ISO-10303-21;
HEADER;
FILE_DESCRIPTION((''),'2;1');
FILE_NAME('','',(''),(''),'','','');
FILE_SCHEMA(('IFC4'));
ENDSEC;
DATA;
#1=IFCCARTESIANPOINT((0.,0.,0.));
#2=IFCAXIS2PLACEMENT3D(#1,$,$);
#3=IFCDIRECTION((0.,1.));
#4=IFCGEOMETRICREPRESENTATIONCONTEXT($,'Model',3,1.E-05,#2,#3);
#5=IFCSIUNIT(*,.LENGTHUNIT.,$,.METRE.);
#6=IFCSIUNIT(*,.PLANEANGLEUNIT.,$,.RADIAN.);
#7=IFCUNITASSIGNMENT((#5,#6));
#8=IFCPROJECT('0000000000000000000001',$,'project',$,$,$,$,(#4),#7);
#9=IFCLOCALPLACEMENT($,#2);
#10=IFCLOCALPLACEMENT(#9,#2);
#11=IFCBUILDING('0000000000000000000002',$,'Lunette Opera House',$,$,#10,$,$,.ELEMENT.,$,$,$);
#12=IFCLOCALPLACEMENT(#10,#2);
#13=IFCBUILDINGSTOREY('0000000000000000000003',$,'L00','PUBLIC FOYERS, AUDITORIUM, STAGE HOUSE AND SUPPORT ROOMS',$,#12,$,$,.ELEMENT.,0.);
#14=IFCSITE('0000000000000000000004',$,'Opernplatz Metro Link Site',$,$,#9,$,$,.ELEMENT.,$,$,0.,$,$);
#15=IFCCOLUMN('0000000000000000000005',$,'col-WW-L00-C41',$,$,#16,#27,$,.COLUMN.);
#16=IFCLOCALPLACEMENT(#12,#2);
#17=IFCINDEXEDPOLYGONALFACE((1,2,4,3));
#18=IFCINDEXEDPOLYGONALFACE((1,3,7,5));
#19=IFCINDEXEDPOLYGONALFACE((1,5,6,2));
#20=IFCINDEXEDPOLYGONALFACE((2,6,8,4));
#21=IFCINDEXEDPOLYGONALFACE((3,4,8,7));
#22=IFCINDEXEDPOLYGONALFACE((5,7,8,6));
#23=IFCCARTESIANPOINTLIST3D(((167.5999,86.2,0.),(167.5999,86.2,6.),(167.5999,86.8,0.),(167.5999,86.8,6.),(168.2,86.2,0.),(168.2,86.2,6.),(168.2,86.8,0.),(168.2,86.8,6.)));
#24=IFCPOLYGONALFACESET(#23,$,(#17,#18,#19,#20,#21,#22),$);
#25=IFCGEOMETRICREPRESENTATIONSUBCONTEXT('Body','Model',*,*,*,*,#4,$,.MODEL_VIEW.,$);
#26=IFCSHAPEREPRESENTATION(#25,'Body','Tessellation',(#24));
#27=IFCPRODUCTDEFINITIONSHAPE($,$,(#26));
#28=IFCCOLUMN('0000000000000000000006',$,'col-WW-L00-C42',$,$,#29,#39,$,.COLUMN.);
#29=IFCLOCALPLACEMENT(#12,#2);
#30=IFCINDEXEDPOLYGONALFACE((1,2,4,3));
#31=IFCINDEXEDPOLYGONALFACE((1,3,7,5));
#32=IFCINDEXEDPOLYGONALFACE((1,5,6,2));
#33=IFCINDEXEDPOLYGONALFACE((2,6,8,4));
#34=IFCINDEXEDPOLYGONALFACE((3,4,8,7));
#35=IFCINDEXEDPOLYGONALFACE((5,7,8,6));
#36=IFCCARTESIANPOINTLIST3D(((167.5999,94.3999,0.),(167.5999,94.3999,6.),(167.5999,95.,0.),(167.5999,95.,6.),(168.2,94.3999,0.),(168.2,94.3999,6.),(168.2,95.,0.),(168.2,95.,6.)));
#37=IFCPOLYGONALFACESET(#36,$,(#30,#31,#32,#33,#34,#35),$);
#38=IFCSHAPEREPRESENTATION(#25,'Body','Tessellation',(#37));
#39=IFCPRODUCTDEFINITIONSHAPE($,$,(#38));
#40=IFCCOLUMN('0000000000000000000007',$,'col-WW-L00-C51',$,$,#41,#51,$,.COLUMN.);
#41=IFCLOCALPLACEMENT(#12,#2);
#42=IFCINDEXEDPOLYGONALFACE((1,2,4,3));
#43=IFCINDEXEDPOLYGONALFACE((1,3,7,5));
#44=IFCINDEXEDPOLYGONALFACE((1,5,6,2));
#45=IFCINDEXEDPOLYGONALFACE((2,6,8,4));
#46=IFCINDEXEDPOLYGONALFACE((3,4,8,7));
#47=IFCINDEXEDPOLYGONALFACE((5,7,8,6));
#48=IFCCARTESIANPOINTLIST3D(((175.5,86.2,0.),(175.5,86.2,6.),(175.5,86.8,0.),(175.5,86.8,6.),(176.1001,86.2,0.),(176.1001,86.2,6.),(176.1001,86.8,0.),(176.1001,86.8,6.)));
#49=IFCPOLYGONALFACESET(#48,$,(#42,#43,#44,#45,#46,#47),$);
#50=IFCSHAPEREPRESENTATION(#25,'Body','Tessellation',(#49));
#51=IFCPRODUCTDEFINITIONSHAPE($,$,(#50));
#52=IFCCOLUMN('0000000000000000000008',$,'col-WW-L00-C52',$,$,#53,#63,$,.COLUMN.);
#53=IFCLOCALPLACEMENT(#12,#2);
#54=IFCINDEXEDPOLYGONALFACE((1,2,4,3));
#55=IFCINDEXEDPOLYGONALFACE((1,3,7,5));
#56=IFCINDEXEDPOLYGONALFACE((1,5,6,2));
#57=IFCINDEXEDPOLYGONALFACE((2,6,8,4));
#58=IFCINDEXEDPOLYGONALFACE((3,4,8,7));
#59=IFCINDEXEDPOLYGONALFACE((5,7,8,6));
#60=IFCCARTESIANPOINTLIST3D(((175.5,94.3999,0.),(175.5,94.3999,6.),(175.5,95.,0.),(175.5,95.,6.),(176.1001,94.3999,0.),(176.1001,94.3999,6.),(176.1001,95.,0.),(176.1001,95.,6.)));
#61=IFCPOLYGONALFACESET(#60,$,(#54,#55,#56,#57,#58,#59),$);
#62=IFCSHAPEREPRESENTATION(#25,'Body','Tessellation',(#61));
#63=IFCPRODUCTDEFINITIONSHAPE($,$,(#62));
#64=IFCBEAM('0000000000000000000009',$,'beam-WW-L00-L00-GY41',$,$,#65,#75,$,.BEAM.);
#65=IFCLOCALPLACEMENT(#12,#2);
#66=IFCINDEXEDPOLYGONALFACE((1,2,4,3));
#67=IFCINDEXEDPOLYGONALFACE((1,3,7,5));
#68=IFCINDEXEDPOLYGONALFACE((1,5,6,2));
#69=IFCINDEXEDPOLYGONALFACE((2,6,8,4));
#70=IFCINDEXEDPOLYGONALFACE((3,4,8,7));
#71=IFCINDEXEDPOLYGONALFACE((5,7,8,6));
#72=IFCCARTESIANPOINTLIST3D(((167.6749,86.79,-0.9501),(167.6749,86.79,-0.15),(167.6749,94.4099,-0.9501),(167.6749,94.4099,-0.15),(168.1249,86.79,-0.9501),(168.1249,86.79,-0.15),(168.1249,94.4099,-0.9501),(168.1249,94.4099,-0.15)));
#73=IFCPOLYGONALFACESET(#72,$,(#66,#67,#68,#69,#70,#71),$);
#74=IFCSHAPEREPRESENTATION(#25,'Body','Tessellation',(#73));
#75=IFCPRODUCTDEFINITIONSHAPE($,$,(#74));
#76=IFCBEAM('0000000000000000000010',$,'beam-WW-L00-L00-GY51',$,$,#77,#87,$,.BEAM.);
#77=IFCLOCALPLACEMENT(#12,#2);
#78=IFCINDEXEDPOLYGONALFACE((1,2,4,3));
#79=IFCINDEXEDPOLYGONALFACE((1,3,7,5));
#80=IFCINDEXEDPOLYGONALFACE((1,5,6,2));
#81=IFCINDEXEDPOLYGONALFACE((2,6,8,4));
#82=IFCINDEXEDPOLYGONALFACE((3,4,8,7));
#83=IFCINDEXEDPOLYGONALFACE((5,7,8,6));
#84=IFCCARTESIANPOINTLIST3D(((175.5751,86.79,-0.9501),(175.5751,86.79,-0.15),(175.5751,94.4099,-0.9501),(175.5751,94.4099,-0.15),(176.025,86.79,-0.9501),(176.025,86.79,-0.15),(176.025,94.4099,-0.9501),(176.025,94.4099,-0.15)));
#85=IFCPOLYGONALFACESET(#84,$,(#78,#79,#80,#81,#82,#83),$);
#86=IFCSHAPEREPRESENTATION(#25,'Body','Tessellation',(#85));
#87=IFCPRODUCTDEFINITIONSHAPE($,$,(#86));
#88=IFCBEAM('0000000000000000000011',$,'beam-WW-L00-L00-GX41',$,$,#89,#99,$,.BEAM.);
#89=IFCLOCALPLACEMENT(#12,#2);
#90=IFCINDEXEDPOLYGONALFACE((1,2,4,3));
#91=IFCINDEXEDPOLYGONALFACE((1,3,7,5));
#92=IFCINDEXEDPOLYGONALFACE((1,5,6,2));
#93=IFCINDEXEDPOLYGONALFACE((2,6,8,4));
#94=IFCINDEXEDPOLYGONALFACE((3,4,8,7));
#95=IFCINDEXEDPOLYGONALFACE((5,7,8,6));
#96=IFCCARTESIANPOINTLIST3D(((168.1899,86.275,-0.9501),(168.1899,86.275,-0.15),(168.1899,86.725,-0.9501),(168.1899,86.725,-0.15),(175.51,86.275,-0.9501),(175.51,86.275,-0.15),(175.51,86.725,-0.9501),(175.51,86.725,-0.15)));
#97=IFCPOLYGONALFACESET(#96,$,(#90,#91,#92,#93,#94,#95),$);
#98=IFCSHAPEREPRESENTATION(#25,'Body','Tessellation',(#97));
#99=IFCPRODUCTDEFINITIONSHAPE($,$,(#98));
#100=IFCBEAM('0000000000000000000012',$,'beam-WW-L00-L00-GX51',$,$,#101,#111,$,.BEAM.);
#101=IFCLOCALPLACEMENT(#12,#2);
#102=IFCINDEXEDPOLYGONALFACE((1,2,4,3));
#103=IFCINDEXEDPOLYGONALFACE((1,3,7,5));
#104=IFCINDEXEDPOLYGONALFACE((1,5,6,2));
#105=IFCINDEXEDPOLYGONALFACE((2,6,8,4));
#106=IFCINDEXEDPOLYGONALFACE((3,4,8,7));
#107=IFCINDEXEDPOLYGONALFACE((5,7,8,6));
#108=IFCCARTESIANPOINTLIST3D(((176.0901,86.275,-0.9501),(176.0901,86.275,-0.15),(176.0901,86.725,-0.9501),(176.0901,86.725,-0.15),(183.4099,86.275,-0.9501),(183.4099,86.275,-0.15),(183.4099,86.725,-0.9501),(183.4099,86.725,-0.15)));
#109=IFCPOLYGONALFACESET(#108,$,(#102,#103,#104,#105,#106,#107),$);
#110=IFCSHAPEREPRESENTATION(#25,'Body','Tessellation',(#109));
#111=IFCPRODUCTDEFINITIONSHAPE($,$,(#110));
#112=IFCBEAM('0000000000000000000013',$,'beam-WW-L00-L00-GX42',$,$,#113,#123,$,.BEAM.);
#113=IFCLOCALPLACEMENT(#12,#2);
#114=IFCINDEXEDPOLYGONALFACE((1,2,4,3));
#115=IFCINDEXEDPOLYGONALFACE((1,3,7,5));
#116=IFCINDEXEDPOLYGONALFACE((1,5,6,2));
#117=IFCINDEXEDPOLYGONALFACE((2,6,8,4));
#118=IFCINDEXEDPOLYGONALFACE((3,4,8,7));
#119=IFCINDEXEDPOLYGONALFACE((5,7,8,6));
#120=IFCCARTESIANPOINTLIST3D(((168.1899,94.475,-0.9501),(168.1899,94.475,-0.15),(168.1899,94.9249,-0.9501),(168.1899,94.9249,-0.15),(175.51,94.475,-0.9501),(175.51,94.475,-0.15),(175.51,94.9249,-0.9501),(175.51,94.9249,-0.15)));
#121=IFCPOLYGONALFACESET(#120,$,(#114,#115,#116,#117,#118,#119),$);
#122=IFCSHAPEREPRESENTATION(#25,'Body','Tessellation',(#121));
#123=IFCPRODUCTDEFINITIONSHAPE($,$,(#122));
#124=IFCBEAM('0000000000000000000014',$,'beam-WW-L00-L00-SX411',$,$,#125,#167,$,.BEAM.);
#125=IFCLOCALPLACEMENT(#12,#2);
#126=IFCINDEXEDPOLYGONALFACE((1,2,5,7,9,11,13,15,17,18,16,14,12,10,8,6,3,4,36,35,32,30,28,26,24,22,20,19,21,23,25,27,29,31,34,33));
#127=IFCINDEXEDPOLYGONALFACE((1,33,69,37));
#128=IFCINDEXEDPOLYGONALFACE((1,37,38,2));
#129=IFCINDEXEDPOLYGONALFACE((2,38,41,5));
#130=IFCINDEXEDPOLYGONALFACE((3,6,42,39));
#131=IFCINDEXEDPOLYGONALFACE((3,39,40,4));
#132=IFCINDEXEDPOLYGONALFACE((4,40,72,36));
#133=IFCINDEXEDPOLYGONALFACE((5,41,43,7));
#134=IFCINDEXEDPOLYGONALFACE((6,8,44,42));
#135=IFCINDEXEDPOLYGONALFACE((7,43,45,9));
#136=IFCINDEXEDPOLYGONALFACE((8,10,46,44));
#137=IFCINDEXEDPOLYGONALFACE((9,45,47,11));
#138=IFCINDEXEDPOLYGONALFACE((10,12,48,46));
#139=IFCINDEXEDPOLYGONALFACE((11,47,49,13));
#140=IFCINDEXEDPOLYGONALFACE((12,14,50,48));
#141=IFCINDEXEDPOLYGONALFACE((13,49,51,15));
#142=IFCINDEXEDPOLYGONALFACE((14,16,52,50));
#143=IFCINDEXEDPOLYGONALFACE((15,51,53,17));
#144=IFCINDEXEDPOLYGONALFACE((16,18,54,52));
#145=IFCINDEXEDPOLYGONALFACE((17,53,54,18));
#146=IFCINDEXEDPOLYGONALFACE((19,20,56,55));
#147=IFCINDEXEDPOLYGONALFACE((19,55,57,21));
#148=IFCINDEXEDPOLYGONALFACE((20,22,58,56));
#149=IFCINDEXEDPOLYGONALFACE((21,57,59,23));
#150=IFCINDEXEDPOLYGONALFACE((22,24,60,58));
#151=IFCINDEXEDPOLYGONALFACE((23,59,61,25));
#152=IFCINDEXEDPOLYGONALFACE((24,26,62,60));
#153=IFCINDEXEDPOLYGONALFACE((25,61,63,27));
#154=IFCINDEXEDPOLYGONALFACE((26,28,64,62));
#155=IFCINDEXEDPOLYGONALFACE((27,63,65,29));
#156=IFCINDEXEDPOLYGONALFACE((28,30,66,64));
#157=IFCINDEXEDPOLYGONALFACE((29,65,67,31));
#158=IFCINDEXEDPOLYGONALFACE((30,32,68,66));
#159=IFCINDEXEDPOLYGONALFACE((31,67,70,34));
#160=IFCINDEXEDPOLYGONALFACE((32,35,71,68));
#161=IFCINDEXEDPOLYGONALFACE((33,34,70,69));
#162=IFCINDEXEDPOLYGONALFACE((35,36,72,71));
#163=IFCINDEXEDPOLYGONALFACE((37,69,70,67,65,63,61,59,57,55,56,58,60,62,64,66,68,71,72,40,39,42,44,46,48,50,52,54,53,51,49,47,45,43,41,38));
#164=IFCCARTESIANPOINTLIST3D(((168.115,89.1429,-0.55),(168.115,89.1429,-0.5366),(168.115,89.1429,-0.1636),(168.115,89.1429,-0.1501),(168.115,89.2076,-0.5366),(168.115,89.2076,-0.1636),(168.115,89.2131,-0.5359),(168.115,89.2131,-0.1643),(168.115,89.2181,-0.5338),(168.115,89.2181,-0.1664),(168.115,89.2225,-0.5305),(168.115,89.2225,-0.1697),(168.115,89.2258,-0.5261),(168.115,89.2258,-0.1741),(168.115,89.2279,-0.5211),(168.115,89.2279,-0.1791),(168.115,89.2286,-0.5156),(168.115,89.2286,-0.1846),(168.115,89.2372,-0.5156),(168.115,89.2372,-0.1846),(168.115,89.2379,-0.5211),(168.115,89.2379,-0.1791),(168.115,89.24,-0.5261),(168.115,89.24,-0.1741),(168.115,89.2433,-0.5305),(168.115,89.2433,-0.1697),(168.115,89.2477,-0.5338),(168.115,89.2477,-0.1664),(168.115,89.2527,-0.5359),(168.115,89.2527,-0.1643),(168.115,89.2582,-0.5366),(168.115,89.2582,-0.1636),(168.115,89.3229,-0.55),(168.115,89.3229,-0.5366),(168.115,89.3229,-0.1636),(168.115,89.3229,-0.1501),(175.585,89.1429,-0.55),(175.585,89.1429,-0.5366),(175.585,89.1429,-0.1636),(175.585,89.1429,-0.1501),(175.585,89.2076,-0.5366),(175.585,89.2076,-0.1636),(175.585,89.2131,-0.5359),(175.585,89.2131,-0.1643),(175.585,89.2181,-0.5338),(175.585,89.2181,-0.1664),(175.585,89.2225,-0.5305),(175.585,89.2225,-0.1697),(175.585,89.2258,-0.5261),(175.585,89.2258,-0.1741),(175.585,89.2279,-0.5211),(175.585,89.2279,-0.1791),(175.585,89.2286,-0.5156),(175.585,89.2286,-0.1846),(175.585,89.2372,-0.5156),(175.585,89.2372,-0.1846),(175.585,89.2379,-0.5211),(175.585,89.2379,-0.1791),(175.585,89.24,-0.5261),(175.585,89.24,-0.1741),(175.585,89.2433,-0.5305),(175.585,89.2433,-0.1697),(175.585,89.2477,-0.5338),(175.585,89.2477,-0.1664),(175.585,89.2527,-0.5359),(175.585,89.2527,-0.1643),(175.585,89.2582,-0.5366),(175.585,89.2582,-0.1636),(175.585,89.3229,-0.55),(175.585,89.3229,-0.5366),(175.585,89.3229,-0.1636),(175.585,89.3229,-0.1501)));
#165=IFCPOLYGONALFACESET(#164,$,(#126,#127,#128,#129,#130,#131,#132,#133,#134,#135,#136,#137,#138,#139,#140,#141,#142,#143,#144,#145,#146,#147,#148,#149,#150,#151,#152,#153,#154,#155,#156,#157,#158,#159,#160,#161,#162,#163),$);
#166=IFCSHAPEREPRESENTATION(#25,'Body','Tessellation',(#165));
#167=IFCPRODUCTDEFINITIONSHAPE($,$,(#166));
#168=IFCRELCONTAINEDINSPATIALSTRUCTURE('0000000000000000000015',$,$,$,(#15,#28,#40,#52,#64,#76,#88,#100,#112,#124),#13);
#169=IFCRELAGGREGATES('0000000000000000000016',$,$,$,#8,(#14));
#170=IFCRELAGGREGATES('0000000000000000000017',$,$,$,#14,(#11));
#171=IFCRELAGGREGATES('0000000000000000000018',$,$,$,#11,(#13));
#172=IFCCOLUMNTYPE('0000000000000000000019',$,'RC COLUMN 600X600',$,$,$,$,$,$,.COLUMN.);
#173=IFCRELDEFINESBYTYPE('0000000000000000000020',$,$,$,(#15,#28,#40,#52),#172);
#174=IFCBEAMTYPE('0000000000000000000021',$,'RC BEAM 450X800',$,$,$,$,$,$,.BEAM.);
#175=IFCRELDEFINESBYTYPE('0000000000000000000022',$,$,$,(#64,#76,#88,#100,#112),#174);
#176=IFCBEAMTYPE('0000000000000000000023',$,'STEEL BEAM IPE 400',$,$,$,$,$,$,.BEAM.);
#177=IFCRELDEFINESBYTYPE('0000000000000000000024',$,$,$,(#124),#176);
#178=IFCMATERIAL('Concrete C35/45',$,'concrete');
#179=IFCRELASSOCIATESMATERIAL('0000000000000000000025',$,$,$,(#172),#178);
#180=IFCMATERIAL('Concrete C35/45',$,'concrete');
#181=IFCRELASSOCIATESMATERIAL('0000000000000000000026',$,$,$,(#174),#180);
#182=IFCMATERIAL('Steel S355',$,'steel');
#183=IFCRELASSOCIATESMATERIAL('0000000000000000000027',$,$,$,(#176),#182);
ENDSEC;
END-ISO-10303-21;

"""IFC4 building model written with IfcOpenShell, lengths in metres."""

from ifc_helpers import new_model, si_unit, direction, frame, origin, origin_2d, place, context, subcontext, project, spatial, rectangle, i_section, extrude, material, material_profile, profile_set, type_object, element, save


model = new_model("IFC4")

# Units and contexts
model_context = context("Model", 3, precision=1e-05, world=origin(), true_north=direction((0.0, 1.0)))
body_context = subcontext(model_context, "Body", "Model", "MODEL_VIEW")
ifc_project = project(units=[si_unit("LENGTHUNIT", "METRE"), si_unit("PLANEANGLEUNIT", "RADIAN")], contexts=[model_context])

# Site, building, storey
site_placement = place(None, origin())
site = spatial("IfcSite", under=ifc_project, at=site_placement, Name="Opernplatz Metro Link Site", CompositionType="ELEMENT", RefElevation=0.0)
building_placement = place(site_placement, origin())
building = spatial("IfcBuilding", under=site, at=building_placement, Name="Lunette Opera House", CompositionType="ELEMENT")
storey_placement = place(building_placement, origin())
storey = spatial("IfcBuildingStorey", under=building, at=storey_placement, Name="L00", Description="PUBLIC FOYERS, AUDITORIUM, STAGE HOUSE AND SUPPORT ROOMS", CompositionType="ELEMENT", Elevation=0.0)

# Columns
ifc_material_1 = material(Name="Concrete C35/45", Category="concrete")
ifc_material_profile_1 = material_profile(ifc_material_1, rectangle(XDim=0.6001, YDim=0.6001, at=origin_2d()), Name="RC COLUMN 600X600")
ifc_profile_set_1 = profile_set([ifc_material_profile_1], Name="Concrete C35/45")
column_type = type_object("IfcColumnType", Name="RC COLUMN 600X600", PredefinedType="COLUMN", material=ifc_profile_set_1)
for number, where, z_axis, x_axis, name in (
    (1, (167.8999, 86.5, 0.0), (0.0, 0.0, 1.0), (1.0, 0.0, 0.0), "col-WW-L00-C41"),
    (2, (167.8999, 94.7, 0.0), (0.0, 0.0, 1.0), (1.0, 0.0, 0.0), "col-WW-L00-C42"),
    (3, (175.8, 86.5, 0.0), (0.0, 0.0, 1.0), (1.0, 0.0, 0.0), "col-WW-L00-C51"),
    (4, (175.8, 94.7, 0.0), (0.0, 0.0, 1.0), (1.0, 0.0, 0.0), "col-WW-L00-C52"),
):
    element("IfcColumn", number, at=place(storey_placement, frame(where, z_axis=z_axis, x_axis=x_axis)), inside=storey, type_object=column_type, Name=name, PredefinedType="COLUMN", context=body_context, shape_type="SweptSolid", body=[
        extrude(rectangle(XDim=0.6001, YDim=0.6001, at=origin_2d()), origin(), (0.0, 0.0, 1.0), 6.0),
    ])

# Beams
ifc_material_2 = material(Name="Concrete C35/45", Category="concrete")
ifc_material_profile_2 = material_profile(ifc_material_2, rectangle(XDim=0.45, YDim=0.8, at=origin_2d()), Name="RC BEAM 450X800")
ifc_profile_set_2 = profile_set([ifc_material_profile_2], Name="Concrete C35/45")
beam_type_1 = type_object("IfcBeamType", Name="RC BEAM 450X800", PredefinedType="BEAM", material=ifc_profile_set_2)
for number, where, z_axis, x_axis, name in (
    (5, (167.8999, 86.79, -0.55), (0.0, 1.0, 0.0), (-1.0, 0.0, 0.0), "beam-WW-L00-L00-GY41"),
    (6, (175.8, 86.79, -0.55), (0.0, 1.0, 0.0), (-1.0, 0.0, 0.0), "beam-WW-L00-L00-GY51"),
):
    element("IfcBeam", number, at=place(storey_placement, frame(where, z_axis=z_axis, x_axis=x_axis)), inside=storey, type_object=beam_type_1, Name=name, PredefinedType="BEAM", context=body_context, shape_type="SweptSolid", body=[
        extrude(rectangle(XDim=0.45, YDim=0.8, at=origin_2d()), origin(), (0.0, 0.0, 1.0), 7.6199),
    ])
beam_1_placement = place(storey_placement, frame((168.1899, 86.5, -0.55), z_axis=(1.0, 0.0, 0.0), x_axis=(0.0, 1.0, 0.0)))
element("IfcBeam", 7, at=beam_1_placement, inside=storey, type_object=beam_type_1, Name="beam-WW-L00-L00-GX41", PredefinedType="BEAM", context=body_context, shape_type="SweptSolid", body=[
    extrude(rectangle(XDim=0.45, YDim=0.8, at=origin_2d()), origin(), (0.0, 0.0, 1.0), 7.3201),
])
beam_2_placement = place(storey_placement, frame((176.0901, 86.5, -0.55), z_axis=(1.0, 0.0, 0.0), x_axis=(0.0, 1.0, 0.0)))
element("IfcBeam", 8, at=beam_2_placement, inside=storey, type_object=beam_type_1, Name="beam-WW-L00-L00-GX51", PredefinedType="BEAM", context=body_context, shape_type="SweptSolid", body=[
    extrude(rectangle(XDim=0.45, YDim=0.8, at=origin_2d()), origin(), (0.0, 0.0, 1.0), 7.3198),
])
beam_3_placement = place(storey_placement, frame((168.1899, 94.7, -0.55), z_axis=(1.0, 0.0, 0.0), x_axis=(0.0, 1.0, 0.0)))
element("IfcBeam", 9, at=beam_3_placement, inside=storey, type_object=beam_type_1, Name="beam-WW-L00-L00-GX42", PredefinedType="BEAM", context=body_context, shape_type="SweptSolid", body=[
    extrude(rectangle(XDim=0.45, YDim=0.8, at=origin_2d()), origin(), (0.0, 0.0, 1.0), 7.3201),
])
ifc_material_3 = material(Name="Steel S355", Category="steel")
ifc_material_profile_3 = material_profile(ifc_material_3, i_section(OverallWidth=0.1799, OverallDepth=0.3999, WebThickness=0.0085, FlangeThickness=0.0134, FilletRadius=0.021, at=origin_2d()), Name="IPE 400")
ifc_profile_set_3 = profile_set([ifc_material_profile_3], Name="Steel S355")
beam_type_2 = type_object("IfcBeamType", Name="STEEL BEAM IPE 400", PredefinedType="BEAM", material=ifc_profile_set_3)
for number, where, z_axis, x_axis, name in (
    (10, (168.115, 89.2329, -0.3501), (1.0, 0.0, 0.0), (0.0, 1.0, 0.0), "beam-WW-L00-L00-SX411"),
):
    element("IfcBeam", number, at=place(storey_placement, frame(where, z_axis=z_axis, x_axis=x_axis)), inside=storey, type_object=beam_type_2, Name=name, PredefinedType="BEAM", context=body_context, shape_type="SweptSolid", body=[
        extrude(i_section(OverallWidth=0.1799, OverallDepth=0.3999, WebThickness=0.0085, FlangeThickness=0.0134, FilletRadius=0.021, at=origin_2d()), origin(), (0.0, 0.0, 1.0), 7.47),
    ])

save(model, "model.ifc")
